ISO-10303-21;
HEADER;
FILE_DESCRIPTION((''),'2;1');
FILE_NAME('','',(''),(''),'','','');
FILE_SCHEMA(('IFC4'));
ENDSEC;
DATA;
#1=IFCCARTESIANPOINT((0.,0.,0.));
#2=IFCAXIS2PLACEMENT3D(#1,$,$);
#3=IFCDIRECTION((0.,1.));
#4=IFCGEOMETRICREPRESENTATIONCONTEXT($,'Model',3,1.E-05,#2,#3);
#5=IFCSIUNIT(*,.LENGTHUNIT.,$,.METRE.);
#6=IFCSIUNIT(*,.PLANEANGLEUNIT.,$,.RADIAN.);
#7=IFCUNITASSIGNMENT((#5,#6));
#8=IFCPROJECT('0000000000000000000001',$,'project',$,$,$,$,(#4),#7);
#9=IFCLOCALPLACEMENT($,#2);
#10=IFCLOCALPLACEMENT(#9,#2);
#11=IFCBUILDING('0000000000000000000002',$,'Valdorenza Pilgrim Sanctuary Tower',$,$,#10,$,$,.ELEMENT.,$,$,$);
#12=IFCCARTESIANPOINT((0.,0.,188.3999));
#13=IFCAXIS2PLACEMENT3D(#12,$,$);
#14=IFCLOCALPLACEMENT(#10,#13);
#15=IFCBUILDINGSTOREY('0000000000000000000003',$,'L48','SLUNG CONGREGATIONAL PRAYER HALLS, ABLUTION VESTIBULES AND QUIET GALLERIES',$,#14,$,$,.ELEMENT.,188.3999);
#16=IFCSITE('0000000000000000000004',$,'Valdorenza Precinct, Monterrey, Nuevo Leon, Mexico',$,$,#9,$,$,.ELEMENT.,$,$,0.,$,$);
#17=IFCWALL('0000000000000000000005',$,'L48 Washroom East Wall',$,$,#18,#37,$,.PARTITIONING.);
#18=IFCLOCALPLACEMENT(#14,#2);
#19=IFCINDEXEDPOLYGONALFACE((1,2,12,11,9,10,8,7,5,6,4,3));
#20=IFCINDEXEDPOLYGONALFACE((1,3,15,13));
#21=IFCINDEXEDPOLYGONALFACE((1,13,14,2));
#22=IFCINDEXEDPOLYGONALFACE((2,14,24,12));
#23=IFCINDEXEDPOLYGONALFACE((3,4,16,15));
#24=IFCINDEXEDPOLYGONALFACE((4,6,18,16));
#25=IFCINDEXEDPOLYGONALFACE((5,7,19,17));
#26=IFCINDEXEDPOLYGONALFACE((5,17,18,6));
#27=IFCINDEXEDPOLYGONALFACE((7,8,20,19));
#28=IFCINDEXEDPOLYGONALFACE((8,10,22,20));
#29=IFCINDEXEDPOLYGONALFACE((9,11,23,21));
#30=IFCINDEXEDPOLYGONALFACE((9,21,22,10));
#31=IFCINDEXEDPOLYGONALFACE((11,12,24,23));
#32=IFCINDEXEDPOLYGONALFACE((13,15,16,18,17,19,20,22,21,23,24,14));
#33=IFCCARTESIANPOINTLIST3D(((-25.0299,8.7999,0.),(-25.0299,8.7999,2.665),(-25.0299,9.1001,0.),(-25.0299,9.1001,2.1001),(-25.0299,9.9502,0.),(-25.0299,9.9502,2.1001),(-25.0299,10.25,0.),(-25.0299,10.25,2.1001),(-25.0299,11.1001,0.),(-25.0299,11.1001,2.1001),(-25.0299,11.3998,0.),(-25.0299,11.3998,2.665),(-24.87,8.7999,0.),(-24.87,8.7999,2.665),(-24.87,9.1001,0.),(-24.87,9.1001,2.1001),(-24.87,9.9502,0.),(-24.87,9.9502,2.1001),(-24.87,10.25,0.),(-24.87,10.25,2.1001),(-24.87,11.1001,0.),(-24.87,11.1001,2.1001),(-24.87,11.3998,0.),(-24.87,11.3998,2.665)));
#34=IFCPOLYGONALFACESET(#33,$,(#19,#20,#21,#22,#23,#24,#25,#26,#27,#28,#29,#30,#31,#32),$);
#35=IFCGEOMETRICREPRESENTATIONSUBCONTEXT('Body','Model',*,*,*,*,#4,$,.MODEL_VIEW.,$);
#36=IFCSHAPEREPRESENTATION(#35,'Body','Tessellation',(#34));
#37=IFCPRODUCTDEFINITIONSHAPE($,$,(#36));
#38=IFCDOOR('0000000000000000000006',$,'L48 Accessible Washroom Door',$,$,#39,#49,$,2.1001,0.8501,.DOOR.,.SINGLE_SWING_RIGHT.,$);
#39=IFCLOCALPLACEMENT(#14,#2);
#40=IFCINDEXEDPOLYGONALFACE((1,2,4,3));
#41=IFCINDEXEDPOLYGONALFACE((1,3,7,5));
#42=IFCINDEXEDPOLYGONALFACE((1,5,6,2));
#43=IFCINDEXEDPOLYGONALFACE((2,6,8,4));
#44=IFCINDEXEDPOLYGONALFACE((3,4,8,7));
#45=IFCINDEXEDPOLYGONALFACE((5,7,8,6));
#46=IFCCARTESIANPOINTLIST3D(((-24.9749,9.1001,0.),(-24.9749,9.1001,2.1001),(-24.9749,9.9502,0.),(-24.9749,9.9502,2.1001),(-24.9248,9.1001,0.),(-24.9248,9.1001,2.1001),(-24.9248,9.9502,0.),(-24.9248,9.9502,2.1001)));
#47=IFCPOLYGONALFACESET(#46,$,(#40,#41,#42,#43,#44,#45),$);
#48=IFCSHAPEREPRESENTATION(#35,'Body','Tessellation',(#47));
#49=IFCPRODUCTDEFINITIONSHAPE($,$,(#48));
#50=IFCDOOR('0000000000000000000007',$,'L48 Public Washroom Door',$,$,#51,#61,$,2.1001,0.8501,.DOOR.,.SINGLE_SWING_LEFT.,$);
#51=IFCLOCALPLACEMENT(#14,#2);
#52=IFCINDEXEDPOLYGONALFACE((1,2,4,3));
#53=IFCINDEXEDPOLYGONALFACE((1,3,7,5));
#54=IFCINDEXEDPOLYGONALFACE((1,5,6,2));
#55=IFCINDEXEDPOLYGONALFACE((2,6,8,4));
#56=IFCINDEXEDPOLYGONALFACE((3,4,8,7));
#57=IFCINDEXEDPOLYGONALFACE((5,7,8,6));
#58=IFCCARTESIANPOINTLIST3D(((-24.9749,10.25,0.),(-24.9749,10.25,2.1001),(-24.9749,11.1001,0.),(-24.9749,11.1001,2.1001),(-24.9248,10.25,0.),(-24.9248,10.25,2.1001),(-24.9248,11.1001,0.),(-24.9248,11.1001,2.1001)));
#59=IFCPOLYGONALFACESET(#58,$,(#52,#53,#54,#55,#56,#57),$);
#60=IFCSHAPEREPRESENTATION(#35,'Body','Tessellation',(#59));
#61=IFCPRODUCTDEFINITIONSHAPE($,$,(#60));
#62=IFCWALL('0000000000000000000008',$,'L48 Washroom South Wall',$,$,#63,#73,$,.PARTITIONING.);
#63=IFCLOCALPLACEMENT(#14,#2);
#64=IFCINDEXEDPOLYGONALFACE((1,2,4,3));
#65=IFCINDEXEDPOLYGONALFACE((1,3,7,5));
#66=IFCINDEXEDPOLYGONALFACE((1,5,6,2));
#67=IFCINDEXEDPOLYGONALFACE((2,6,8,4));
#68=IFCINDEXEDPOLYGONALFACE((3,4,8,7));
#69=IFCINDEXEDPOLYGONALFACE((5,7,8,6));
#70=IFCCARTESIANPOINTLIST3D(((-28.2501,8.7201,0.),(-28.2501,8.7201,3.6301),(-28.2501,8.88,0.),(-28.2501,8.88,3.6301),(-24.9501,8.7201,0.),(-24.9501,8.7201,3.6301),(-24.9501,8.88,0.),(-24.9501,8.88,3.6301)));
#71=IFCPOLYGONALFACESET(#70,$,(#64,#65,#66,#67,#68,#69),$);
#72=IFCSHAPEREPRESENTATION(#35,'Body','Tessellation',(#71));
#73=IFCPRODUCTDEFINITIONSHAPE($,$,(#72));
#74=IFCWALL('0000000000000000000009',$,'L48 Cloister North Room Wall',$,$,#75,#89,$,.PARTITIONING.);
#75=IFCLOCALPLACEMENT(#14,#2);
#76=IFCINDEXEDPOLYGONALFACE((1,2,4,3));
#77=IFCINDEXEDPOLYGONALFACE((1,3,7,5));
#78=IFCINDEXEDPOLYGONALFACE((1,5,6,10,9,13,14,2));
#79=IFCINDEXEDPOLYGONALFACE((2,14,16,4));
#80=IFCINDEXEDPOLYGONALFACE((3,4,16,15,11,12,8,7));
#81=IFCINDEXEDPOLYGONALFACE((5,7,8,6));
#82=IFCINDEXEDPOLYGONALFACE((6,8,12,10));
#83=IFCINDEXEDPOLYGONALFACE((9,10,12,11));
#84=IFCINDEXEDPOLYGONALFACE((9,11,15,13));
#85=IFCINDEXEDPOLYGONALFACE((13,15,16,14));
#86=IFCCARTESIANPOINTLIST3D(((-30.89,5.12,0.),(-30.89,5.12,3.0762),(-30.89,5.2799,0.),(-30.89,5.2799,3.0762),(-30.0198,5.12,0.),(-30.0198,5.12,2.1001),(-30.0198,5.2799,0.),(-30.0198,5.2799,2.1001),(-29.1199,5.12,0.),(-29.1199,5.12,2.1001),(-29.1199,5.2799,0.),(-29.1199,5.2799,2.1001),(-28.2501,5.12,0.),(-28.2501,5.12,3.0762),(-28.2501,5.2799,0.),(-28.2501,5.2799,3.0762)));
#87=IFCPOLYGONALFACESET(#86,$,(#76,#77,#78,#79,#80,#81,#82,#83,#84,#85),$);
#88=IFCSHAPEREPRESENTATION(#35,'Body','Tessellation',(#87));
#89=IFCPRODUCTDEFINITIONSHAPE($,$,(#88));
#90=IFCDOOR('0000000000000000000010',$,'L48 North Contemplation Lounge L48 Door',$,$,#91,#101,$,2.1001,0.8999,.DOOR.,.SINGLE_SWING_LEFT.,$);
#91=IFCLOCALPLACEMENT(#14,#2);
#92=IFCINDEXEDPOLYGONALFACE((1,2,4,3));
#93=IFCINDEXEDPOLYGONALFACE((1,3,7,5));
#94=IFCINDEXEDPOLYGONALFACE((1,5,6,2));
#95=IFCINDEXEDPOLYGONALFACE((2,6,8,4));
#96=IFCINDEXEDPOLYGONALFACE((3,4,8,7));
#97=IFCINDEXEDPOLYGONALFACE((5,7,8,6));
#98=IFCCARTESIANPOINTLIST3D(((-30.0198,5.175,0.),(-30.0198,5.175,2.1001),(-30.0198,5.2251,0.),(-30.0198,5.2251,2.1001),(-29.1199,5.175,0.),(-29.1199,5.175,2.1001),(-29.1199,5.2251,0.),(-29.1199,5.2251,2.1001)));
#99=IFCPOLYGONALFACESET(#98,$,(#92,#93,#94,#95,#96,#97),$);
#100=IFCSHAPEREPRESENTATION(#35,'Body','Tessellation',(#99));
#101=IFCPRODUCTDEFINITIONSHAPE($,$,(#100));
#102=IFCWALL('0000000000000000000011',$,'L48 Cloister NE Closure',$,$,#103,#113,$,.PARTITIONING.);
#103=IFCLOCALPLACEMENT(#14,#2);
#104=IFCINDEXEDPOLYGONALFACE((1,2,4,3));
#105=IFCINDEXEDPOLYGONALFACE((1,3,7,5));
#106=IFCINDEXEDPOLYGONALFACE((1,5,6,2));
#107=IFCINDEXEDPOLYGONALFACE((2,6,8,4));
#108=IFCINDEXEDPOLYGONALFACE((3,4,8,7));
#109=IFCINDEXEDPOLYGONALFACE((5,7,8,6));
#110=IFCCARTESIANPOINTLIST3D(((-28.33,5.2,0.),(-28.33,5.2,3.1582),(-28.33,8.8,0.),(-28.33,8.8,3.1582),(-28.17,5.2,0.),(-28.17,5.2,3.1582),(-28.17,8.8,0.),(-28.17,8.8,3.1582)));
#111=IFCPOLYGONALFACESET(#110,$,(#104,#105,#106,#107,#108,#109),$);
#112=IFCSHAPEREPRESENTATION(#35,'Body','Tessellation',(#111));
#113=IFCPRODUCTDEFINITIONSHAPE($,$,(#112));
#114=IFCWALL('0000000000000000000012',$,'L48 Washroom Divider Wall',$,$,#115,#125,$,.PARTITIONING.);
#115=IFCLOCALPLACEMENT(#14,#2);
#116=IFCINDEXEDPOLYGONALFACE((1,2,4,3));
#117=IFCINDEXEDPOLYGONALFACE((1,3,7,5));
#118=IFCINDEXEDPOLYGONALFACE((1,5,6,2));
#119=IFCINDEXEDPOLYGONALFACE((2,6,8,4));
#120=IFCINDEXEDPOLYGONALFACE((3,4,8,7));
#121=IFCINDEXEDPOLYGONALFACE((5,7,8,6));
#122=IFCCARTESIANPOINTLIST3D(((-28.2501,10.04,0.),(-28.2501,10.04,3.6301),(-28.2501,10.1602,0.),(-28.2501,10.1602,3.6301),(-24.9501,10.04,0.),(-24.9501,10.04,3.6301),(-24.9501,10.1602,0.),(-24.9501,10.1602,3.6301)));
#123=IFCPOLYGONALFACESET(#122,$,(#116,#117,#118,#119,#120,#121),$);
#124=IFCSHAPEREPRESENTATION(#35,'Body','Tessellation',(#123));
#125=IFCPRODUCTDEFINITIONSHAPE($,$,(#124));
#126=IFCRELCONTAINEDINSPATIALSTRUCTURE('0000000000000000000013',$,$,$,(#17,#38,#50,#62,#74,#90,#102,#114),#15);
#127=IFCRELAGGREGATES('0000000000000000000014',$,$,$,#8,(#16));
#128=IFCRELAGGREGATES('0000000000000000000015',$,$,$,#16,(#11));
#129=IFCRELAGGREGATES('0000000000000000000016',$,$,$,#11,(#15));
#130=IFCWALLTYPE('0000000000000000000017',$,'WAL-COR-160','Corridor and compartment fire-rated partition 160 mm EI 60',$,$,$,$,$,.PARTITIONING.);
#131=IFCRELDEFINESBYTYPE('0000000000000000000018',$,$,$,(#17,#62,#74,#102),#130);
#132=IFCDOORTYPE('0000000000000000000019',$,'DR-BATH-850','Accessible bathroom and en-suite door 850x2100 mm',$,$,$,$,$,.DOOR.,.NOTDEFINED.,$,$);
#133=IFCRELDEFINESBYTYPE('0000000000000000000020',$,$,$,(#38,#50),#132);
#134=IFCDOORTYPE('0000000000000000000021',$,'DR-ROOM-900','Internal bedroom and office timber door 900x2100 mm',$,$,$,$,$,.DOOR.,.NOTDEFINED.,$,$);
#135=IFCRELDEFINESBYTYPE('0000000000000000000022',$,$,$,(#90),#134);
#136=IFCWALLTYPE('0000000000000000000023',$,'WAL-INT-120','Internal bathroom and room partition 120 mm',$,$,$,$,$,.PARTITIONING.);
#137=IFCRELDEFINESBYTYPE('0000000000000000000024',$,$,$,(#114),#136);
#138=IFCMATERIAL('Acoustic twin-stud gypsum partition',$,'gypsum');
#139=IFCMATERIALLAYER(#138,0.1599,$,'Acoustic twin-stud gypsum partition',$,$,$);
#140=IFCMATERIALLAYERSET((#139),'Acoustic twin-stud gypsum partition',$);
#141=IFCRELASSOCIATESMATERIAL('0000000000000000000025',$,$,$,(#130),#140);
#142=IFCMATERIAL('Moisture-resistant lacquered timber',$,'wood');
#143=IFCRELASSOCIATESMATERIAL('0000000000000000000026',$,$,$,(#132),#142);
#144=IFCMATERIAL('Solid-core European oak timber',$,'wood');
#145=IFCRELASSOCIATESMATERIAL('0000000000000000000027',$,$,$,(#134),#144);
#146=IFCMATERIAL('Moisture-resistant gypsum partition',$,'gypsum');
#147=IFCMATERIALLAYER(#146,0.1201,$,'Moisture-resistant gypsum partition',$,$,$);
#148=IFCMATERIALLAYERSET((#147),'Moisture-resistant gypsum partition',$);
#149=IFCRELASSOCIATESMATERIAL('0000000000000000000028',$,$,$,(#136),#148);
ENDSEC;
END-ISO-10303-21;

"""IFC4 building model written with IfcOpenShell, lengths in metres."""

from ifc_helpers import new_model, si_unit, direction, frame, frame_2d, origin, place, context, subcontext, project, spatial, rectangle, extrude, material, layer, layer_set, type_object, element, fill, save


model = new_model("IFC4")

# Units and contexts
model_context = context("Model", 3, precision=1e-05, world=origin(), true_north=direction((0.0, 1.0)))
body_context = subcontext(model_context, "Body", "Model", "MODEL_VIEW")
ifc_project = project(units=[si_unit("LENGTHUNIT", "METRE"), si_unit("PLANEANGLEUNIT", "RADIAN")], contexts=[model_context])

# Site, building, storey
site_placement = place(None, origin())
site = spatial("IfcSite", under=ifc_project, at=site_placement, Name="Valdorenza Precinct, Monterrey, Nuevo Leon, Mexico", CompositionType="ELEMENT", RefElevation=0.0)
building_placement = place(site_placement, origin())
building = spatial("IfcBuilding", under=site, at=building_placement, Name="Valdorenza Pilgrim Sanctuary Tower", CompositionType="ELEMENT")
storey_placement = place(building_placement, frame((0.0, 0.0, 188.3999)))
storey = spatial("IfcBuildingStorey", under=building, at=storey_placement, Name="L48", Description="SLUNG CONGREGATIONAL PRAYER HALLS, ABLUTION VESTIBULES AND QUIET GALLERIES", CompositionType="ELEMENT", Elevation=188.3999)

# Shared definitions
ifc_material_1 = material(Name="Acoustic twin-stud gypsum partition", Category="gypsum")
ifc_layer_1 = layer(ifc_material_1, 0.1599, Name="Acoustic twin-stud gypsum partition")
ifc_layer_set_1 = layer_set([ifc_layer_1], Name="Acoustic twin-stud gypsum partition")
wall_type_1 = type_object("IfcWallType", Name="WAL-COR-160", Description="Corridor and compartment fire-rated partition 160 mm EI 60", PredefinedType="PARTITIONING", material=ifc_layer_set_1)

# Wall, openings, doors
wall_1_placement = place(storey_placement, frame((-24.95, 8.8, 0.0), z_axis=(0.0, 0.0, 1.0), x_axis=(0.0, 1.0, 0.0)))
wall_1 = element("IfcWall", 1, at=wall_1_placement, inside=storey, type_object=wall_type_1, Name="L48 Washroom East Wall", PredefinedType="PARTITIONING", context=body_context, shape_type="SweptSolid", body=[
    extrude(rectangle(XDim=2.5999, YDim=0.1599, at=frame_2d((1.2998, 0.0))), origin(), (0.0, 0.0, 1.0), 2.665),
])
opening_1_placement = place(wall_1_placement, frame((0.3, 0.0, 0.0)))
opening_1 = element("IfcOpeningElement", 2, at=opening_1_placement, cuts=wall_1, PredefinedType="OPENING", context=body_context, shape_type="SweptSolid", body=[
    extrude(rectangle(XDim=0.8501, YDim=2.1001, at=frame_2d((0.425, 1.05))), frame((0.0, 0.0947, 0.0), z_axis=(0.0, -1.0, 0.0), x_axis=(1.0, 0.0, 0.0)), (0.0, 0.0, 1.0), 0.1897),
])
opening_2_placement = place(wall_1_placement, frame((1.45, 0.0, 0.0)))
opening_2 = element("IfcOpeningElement", 3, at=opening_2_placement, cuts=wall_1, PredefinedType="OPENING", context=body_context, shape_type="SweptSolid", body=[
    extrude(rectangle(XDim=0.8501, YDim=2.1001, at=frame_2d((0.425, 1.05))), frame((0.0, 0.0947, 0.0), z_axis=(0.0, -1.0, 0.0), x_axis=(1.0, 0.0, 0.0)), (0.0, 0.0, 1.0), 0.1897),
])
ifc_material_2 = material(Name="Moisture-resistant lacquered timber", Category="wood")
door_type_1 = type_object("IfcDoorType", Name="DR-BATH-850", Description="Accessible bathroom and en-suite door 850x2100 mm", OperationType="NOTDEFINED", PredefinedType="DOOR", material=ifc_material_2)
door_1_placement = place(opening_1_placement, origin())
door_1 = element("IfcDoor", 4, at=door_1_placement, inside=storey, type_object=door_type_1, Name="L48 Accessible Washroom Door", OperationType="SINGLE_SWING_RIGHT", OverallHeight=2.1001, OverallWidth=0.8501, PredefinedType="DOOR", context=body_context, shape_type="SweptSolid", body=[
    extrude(rectangle(XDim=0.8501, YDim=2.1001, at=frame_2d((0.425, 1.05))), frame((0.0, 0.0249, 0.0), z_axis=(0.0, -1.0, 0.0), x_axis=(1.0, 0.0, 0.0)), (0.0, 0.0, 1.0), 0.05),
])
fill(opening_1, door_1)
door_2_placement = place(opening_2_placement, origin())
door_2 = element("IfcDoor", 5, at=door_2_placement, inside=storey, type_object=door_type_1, Name="L48 Public Washroom Door", OperationType="SINGLE_SWING_LEFT", OverallHeight=2.1001, OverallWidth=0.8501, PredefinedType="DOOR", context=body_context, shape_type="SweptSolid", body=[
    extrude(rectangle(XDim=0.8501, YDim=2.1001, at=frame_2d((0.425, 1.05))), frame((0.0, 0.0249, 0.0), z_axis=(0.0, -1.0, 0.0), x_axis=(1.0, 0.0, 0.0)), (0.0, 0.0, 1.0), 0.05),
])
fill(opening_2, door_2)

# Wall
wall_2_placement = place(storey_placement, frame((-28.25, 8.8, 0.0), z_axis=(0.0, 0.0, 1.0), x_axis=(1.0, 0.0, 0.0)))
element("IfcWall", 6, at=wall_2_placement, inside=storey, type_object=wall_type_1, Name="L48 Washroom South Wall", PredefinedType="PARTITIONING", context=body_context, shape_type="SweptSolid", body=[
    extrude(rectangle(XDim=3.3, YDim=0.1599, at=frame_2d((1.6499, 0.0))), origin(), (0.0, 0.0, 1.0), 3.6301),
])

# Wall, opening, door
wall_3_placement = place(storey_placement, frame((-30.8899, 5.2, 0.0), z_axis=(0.0, 0.0, 1.0), x_axis=(1.0, 0.0, 0.0)))
wall_3 = element("IfcWall", 7, at=wall_3_placement, inside=storey, type_object=wall_type_1, Name="L48 Cloister North Room Wall", PredefinedType="PARTITIONING", context=body_context, shape_type="SweptSolid", body=[
    extrude(rectangle(XDim=2.6399, YDim=0.1599, at=frame_2d((1.3198, 0.0))), origin(), (0.0, 0.0, 1.0), 3.0762),
])
opening_3_placement = place(wall_3_placement, frame((0.8701, 0.0, 0.0)))
opening_3 = element("IfcOpeningElement", 8, at=opening_3_placement, cuts=wall_3, PredefinedType="OPENING", context=body_context, shape_type="SweptSolid", body=[
    extrude(rectangle(XDim=0.8999, YDim=2.1001, at=frame_2d((0.45, 1.05))), frame((0.0, 0.0947, 0.0), z_axis=(0.0, -1.0, 0.0), x_axis=(1.0, 0.0, 0.0)), (0.0, 0.0, 1.0), 0.1897),
])
ifc_material_3 = material(Name="Solid-core European oak timber", Category="wood")
door_type_2 = type_object("IfcDoorType", Name="DR-ROOM-900", Description="Internal bedroom and office timber door 900x2100 mm", OperationType="NOTDEFINED", PredefinedType="DOOR", material=ifc_material_3)
door_3_placement = place(opening_3_placement, frame((0.8999, 0.0, 0.0), z_axis=(0.0, 0.0, 1.0), x_axis=(-1.0, 0.0, 0.0)))
door_3 = element("IfcDoor", 9, at=door_3_placement, inside=storey, type_object=door_type_2, Name="L48 North Contemplation Lounge L48 Door", OperationType="SINGLE_SWING_LEFT", OverallHeight=2.1001, OverallWidth=0.8999, PredefinedType="DOOR", context=body_context, shape_type="SweptSolid", body=[
    extrude(rectangle(XDim=0.8999, YDim=2.1001, at=frame_2d((0.45, 1.05))), frame((0.0, 0.0249, 0.0), z_axis=(0.0, -1.0, 0.0), x_axis=(1.0, 0.0, 0.0)), (0.0, 0.0, 1.0), 0.05),
])
fill(opening_3, door_3)

# Walls
wall_4_placement = place(storey_placement, frame((-28.25, 5.2, 0.0), z_axis=(0.0, 0.0, 1.0), x_axis=(0.0, 1.0, 0.0)))
element("IfcWall", 10, at=wall_4_placement, inside=storey, type_object=wall_type_1, Name="L48 Cloister NE Closure", PredefinedType="PARTITIONING", context=body_context, shape_type="SweptSolid", body=[
    extrude(rectangle(XDim=3.6001, YDim=0.1599, at=frame_2d((1.8, 0.0))), origin(), (0.0, 0.0, 1.0), 3.1582),
])
ifc_material_4 = material(Name="Moisture-resistant gypsum partition", Category="gypsum")
ifc_layer_2 = layer(ifc_material_4, 0.1201, Name="Moisture-resistant gypsum partition")
ifc_layer_set_2 = layer_set([ifc_layer_2], Name="Moisture-resistant gypsum partition")
wall_type_2 = type_object("IfcWallType", Name="WAL-INT-120", Description="Internal bathroom and room partition 120 mm", PredefinedType="PARTITIONING", material=ifc_layer_set_2)
wall_5_placement = place(storey_placement, frame((-28.25, 10.1001, 0.0), z_axis=(0.0, 0.0, 1.0), x_axis=(1.0, 0.0, 0.0)))
element("IfcWall", 11, at=wall_5_placement, inside=storey, type_object=wall_type_2, Name="L48 Washroom Divider Wall", PredefinedType="PARTITIONING", context=body_context, shape_type="SweptSolid", body=[
    extrude(rectangle(XDim=3.3, YDim=0.1201, at=frame_2d((1.6499, 0.0))), origin(), (0.0, 0.0, 1.0), 3.6301),
])

save(model, "model.ifc")
